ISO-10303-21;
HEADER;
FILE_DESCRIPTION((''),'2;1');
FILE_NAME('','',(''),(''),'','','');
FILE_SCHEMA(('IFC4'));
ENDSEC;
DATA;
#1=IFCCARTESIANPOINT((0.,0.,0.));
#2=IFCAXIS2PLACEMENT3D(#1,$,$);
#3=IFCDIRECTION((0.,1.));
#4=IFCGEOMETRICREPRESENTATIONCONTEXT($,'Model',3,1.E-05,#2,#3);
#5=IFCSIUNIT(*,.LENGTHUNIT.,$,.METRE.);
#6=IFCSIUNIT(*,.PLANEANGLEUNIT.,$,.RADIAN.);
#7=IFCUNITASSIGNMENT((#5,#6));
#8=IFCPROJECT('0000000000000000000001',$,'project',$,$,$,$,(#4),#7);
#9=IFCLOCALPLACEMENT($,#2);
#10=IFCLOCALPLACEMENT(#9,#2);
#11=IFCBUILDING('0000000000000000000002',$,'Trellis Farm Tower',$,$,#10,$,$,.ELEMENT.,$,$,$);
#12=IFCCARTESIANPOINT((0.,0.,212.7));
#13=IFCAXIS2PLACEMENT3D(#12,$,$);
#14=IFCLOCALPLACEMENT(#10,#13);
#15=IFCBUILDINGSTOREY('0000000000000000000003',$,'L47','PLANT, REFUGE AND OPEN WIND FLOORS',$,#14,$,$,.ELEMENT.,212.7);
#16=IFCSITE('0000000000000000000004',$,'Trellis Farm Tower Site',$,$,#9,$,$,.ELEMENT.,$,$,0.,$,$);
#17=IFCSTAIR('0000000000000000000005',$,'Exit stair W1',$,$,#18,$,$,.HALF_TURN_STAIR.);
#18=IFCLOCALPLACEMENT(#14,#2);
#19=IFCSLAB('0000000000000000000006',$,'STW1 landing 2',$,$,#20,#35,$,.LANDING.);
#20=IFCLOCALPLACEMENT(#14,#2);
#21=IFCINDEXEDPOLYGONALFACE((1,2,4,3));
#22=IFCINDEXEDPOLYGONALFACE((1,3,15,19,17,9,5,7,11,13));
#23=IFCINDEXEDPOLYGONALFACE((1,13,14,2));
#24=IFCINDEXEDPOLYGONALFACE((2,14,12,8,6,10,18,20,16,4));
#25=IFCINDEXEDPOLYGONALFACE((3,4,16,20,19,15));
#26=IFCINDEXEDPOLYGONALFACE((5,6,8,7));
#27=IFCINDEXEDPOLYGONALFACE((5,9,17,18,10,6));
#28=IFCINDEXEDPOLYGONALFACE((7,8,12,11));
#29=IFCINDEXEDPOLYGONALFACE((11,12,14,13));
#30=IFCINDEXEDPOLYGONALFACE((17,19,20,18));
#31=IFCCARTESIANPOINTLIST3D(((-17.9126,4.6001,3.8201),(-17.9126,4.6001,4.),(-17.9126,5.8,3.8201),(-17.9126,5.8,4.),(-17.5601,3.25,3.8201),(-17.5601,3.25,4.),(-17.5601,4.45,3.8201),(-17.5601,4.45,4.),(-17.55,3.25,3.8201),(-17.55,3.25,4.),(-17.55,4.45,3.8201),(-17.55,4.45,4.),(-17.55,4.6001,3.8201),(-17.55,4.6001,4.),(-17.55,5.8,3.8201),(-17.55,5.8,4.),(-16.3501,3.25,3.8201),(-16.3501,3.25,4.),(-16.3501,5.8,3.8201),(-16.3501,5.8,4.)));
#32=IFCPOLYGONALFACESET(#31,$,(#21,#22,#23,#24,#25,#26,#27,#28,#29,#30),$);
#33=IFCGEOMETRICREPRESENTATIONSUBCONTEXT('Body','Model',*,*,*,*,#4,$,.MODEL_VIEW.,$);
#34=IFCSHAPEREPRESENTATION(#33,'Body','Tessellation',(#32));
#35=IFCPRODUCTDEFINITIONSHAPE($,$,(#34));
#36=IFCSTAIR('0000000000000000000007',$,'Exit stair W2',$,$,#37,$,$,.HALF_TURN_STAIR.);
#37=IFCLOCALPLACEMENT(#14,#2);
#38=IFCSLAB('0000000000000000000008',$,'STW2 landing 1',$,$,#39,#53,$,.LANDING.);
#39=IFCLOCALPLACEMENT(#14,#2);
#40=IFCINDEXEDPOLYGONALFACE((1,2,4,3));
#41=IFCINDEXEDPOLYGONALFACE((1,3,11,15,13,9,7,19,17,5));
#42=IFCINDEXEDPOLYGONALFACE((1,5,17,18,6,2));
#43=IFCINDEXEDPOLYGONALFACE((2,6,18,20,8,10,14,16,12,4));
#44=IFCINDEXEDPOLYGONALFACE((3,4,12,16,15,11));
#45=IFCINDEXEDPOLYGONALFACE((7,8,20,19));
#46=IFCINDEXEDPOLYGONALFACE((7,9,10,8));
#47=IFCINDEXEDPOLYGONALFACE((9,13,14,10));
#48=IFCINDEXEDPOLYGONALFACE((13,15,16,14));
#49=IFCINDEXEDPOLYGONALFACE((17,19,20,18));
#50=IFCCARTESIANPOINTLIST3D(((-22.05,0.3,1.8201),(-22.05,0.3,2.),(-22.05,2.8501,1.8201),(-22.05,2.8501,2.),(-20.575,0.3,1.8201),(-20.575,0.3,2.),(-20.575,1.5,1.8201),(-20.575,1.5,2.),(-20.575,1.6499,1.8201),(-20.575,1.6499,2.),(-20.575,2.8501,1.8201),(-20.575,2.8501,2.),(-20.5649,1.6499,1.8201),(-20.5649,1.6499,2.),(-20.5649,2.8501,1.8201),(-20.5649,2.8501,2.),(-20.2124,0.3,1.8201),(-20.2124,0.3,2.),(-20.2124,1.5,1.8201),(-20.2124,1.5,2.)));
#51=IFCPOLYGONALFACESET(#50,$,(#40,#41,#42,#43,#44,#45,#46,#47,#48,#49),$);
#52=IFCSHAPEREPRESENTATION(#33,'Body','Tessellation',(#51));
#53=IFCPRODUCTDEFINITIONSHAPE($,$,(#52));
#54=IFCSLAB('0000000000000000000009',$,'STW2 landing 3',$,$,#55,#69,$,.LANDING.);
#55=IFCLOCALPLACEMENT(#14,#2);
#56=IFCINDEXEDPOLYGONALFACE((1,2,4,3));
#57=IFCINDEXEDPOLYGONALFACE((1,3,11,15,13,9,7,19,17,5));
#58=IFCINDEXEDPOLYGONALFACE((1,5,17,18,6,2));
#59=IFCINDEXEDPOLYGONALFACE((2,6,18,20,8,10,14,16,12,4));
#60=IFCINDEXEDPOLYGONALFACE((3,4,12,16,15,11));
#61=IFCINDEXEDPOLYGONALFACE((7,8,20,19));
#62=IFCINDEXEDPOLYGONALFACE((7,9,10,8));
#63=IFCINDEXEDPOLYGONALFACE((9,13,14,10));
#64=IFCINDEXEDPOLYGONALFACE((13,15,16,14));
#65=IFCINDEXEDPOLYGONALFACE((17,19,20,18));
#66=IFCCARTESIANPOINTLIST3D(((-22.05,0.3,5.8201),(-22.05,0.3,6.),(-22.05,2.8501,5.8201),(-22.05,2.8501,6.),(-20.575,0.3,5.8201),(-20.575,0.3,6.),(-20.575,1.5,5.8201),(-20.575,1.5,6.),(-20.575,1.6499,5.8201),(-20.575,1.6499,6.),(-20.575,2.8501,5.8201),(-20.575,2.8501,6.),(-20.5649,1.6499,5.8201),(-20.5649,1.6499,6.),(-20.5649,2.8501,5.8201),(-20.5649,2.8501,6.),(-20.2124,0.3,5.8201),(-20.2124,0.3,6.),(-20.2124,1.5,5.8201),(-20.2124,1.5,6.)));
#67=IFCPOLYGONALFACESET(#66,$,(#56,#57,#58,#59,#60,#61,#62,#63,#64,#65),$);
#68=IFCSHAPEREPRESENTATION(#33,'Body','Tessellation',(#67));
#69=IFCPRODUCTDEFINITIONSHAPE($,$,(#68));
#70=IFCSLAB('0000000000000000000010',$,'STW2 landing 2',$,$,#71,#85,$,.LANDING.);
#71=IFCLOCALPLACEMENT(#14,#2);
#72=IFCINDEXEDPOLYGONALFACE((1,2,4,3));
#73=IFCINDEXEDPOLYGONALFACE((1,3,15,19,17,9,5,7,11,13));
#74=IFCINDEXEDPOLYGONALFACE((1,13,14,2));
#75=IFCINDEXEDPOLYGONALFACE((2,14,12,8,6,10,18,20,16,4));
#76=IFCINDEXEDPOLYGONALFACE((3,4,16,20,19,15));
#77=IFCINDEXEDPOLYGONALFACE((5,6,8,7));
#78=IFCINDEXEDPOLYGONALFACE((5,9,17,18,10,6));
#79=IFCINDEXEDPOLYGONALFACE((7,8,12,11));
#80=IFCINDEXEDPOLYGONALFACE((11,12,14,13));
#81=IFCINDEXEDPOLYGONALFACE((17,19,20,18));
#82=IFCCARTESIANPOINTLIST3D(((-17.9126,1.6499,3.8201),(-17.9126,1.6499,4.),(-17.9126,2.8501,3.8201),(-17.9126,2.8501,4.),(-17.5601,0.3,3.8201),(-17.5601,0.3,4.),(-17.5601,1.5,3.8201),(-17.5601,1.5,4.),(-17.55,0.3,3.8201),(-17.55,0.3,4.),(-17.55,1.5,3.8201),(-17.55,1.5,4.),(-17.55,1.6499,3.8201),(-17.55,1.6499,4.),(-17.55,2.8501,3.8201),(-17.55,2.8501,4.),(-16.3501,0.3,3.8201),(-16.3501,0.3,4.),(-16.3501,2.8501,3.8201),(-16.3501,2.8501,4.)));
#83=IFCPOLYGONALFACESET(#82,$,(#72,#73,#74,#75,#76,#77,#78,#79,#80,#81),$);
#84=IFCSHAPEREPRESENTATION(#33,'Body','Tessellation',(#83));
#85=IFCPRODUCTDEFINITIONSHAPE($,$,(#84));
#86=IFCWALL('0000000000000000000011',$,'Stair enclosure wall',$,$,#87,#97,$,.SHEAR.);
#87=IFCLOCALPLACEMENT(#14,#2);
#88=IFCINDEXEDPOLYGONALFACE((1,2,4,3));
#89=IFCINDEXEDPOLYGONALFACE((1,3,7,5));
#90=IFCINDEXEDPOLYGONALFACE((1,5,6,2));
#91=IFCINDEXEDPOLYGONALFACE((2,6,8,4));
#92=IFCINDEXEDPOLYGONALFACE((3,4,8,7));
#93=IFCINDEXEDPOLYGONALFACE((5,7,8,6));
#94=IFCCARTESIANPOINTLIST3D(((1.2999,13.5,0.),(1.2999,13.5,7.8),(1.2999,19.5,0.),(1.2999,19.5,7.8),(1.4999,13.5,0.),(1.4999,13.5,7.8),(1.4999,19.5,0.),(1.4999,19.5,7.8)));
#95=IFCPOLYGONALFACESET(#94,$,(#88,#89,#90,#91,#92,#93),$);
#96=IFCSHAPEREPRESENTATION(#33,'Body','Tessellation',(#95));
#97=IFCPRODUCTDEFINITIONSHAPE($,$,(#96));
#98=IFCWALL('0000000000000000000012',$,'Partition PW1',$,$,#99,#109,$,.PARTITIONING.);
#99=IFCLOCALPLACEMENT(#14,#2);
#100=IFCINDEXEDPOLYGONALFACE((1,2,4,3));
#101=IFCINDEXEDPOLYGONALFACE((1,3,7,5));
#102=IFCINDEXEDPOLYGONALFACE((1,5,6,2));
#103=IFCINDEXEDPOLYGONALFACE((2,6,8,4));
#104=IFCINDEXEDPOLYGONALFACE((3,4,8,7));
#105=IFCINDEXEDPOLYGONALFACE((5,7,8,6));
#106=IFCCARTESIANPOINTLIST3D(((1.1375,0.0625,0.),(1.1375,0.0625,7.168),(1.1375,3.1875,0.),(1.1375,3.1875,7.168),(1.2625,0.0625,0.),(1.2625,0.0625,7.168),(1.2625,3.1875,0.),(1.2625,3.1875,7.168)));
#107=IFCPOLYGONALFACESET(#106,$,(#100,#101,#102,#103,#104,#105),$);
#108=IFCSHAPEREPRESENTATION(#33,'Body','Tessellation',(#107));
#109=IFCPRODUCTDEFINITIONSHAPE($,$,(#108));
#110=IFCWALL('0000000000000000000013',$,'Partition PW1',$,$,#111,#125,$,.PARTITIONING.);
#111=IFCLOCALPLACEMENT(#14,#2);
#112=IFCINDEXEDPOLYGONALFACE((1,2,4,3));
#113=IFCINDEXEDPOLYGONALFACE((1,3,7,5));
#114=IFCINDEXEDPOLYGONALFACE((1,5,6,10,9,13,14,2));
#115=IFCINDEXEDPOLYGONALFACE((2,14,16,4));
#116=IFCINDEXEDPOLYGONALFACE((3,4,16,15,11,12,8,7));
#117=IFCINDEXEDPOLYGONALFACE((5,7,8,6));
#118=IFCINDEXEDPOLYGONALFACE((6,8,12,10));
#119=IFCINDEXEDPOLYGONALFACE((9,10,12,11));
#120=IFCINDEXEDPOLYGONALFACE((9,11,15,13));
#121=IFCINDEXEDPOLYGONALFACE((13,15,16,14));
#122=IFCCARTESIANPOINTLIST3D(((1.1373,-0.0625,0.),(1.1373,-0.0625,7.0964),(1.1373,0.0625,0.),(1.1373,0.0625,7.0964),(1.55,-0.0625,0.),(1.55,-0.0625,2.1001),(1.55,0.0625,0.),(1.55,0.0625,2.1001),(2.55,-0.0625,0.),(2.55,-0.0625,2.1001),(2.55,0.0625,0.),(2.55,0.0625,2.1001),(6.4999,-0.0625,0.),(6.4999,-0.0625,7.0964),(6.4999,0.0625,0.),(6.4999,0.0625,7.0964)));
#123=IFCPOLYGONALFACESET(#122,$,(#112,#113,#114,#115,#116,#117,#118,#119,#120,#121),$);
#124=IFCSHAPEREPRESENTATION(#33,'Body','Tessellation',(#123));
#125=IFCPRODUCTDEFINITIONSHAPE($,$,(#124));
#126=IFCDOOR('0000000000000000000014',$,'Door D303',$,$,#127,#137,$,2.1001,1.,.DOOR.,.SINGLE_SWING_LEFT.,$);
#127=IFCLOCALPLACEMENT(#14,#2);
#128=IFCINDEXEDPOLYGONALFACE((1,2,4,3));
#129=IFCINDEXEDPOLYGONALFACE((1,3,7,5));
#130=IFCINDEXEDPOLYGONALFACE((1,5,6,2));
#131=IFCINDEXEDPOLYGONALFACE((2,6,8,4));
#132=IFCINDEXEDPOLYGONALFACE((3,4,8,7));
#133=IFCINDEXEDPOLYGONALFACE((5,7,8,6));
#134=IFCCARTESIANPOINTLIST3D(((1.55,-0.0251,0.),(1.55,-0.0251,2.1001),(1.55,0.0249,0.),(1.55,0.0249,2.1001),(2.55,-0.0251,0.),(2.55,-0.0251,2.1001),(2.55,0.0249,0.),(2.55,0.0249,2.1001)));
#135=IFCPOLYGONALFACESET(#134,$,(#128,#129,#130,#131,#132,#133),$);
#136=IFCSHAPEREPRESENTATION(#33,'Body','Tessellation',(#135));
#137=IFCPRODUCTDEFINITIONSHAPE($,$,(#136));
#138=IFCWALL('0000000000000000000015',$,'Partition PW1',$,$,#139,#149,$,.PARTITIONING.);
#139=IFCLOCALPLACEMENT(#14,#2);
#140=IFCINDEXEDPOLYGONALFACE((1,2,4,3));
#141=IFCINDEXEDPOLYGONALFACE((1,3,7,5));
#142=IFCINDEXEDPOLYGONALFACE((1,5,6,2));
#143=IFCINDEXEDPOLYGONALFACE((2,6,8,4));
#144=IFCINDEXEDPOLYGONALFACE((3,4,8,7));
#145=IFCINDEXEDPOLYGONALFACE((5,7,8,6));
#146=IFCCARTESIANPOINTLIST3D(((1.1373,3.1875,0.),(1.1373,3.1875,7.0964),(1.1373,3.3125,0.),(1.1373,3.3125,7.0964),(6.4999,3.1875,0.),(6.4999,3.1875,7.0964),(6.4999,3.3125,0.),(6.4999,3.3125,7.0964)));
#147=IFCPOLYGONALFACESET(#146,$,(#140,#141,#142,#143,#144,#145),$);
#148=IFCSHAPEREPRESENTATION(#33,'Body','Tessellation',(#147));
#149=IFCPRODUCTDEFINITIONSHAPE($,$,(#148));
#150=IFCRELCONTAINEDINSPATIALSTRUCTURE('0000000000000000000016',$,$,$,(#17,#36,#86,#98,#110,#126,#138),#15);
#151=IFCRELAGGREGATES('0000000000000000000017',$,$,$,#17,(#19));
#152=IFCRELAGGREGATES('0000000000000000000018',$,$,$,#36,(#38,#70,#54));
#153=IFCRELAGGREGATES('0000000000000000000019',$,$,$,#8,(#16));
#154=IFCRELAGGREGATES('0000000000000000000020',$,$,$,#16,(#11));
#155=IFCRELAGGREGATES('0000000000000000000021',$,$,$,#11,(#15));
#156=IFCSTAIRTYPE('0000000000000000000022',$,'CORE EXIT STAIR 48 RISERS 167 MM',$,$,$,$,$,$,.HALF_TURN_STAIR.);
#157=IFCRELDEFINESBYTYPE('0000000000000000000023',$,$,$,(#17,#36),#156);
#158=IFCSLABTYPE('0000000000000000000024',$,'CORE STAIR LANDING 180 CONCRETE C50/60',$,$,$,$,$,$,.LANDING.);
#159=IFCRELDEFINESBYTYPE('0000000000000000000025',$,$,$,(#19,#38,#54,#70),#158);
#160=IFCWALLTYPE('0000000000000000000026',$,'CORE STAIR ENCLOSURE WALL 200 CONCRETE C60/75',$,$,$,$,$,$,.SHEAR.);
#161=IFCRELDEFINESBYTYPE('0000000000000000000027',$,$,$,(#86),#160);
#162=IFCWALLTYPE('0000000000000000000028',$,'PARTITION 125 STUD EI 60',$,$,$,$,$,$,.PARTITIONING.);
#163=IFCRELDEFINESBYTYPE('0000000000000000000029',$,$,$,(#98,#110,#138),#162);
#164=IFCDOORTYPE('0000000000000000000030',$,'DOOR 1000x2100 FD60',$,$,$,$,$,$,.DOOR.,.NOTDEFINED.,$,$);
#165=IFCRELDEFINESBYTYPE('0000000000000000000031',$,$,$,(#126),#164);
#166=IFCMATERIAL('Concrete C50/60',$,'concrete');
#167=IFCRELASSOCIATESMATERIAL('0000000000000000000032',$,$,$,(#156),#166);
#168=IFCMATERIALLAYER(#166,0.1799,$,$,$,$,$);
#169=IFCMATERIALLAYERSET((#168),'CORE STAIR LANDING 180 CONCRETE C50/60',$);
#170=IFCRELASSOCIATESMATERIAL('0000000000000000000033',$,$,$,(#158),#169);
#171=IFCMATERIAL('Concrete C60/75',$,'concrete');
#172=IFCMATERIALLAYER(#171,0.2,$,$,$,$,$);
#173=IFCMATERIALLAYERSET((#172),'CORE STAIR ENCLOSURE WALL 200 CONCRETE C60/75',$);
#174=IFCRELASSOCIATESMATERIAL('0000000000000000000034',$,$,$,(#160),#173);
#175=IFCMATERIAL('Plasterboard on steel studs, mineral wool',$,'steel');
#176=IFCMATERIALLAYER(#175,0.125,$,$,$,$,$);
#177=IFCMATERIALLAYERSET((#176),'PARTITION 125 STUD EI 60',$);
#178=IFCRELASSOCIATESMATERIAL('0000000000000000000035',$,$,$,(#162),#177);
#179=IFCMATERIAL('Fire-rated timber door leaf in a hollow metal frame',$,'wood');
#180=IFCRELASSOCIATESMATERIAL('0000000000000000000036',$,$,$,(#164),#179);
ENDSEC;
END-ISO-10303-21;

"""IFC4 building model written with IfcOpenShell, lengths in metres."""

from ifc_helpers import new_model, si_unit, direction, frame, frame_2d, origin, place, context, subcontext, project, spatial, polyline, rectangle, outline, extrude, source, transform, mapped, material, layer, layer_set, type_object, element, fill, aggregate, save


model = new_model("IFC4")

# Units and contexts
model_context = context("Model", 3, precision=1e-05, world=origin(), true_north=direction((0.0, 1.0)))
body_context = subcontext(model_context, "Body", "Model", "MODEL_VIEW")
ifc_project = project(units=[si_unit("LENGTHUNIT", "METRE"), si_unit("PLANEANGLEUNIT", "RADIAN")], contexts=[model_context])

# Site, building, storey
site_placement = place(None, origin())
site = spatial("IfcSite", under=ifc_project, at=site_placement, Name="Trellis Farm Tower Site", CompositionType="ELEMENT", RefElevation=0.0)
building_placement = place(site_placement, origin())
building = spatial("IfcBuilding", under=site, at=building_placement, Name="Trellis Farm Tower", CompositionType="ELEMENT")
storey_placement = place(building_placement, frame((0.0, 0.0, 212.7)))
storey = spatial("IfcBuildingStorey", under=building, at=storey_placement, Name="L47", Description="PLANT, REFUGE AND OPEN WIND FLOORS", CompositionType="ELEMENT", Elevation=212.7)

# Shared definitions
ifc_material_1 = material(Name="Concrete C60/75", Category="concrete")

# Stairs, slabs
ifc_material_2 = material(Name="Concrete C50/60", Category="concrete")
stair_type = type_object("IfcStairType", Name="CORE EXIT STAIR 48 RISERS 167 MM", PredefinedType="HALF_TURN_STAIR", material=ifc_material_2)
placement_1 = place(storey_placement, origin())
ifc_layer_1 = layer(ifc_material_2, 0.1799)
ifc_layer_set_1 = layer_set([ifc_layer_1], Name="CORE STAIR LANDING 180 CONCRETE C50/60")
slab_type = type_object("IfcSlabType", Name="CORE STAIR LANDING 180 CONCRETE C50/60", PredefinedType="LANDING", material=ifc_layer_set_1)
placement_2 = place(storey_placement, frame((0.0, 0.0, 5.8201)))
placement_3 = place(storey_placement, frame((0.0, 0.0, 3.8201)))
placement_4 = place(storey_placement, frame((0.0, 0.0, 1.8201)))
stair_1 = element("IfcStair", 1, at=placement_1, inside=storey, type_object=stair_type, Name="Exit stair W1", PredefinedType="HALF_TURN_STAIR")
shared_shape_1 = source(origin(), body_context, "Body", "SweptSolid", [
    extrude(outline(polyline([(-17.5601, 3.25), (-17.5601, 4.45), (-17.55, 4.45), (-17.55, 4.6001), (-17.9126, 4.6001), (-17.9126, 5.8), (-17.55, 5.8), (-16.3501, 5.8), (-16.3501, 3.25), (-17.55, 3.25), (-17.5601, 3.25)])), origin(), (0.0, 0.0, 1.0), 0.1799),
])
slab_1 = element("IfcSlab", 2, at=placement_3, type_object=slab_type, Name="STW1 landing 2", PredefinedType="LANDING", context=body_context, shape_type="MappedRepresentation", body=[
    mapped(shared_shape_1, transform((0.0, 0.0, 0.0))),
])
aggregate(stair_1, [slab_1])
stair_2 = element("IfcStair", 3, at=placement_1, inside=storey, type_object=stair_type, Name="Exit stair W2", PredefinedType="HALF_TURN_STAIR")
shared_shape_2 = source(origin(), body_context, "Body", "SweptSolid", [
    extrude(outline(polyline([(-20.2124, 1.5), (-20.2124, 0.3), (-20.575, 0.3), (-22.05, 0.3), (-22.05, 2.8501), (-20.575, 2.8501), (-20.5649, 2.8501), (-20.5649, 1.6499), (-20.575, 1.6499), (-20.575, 1.5), (-20.2124, 1.5)])), origin(), (0.0, 0.0, 1.0), 0.1799),
])
slab_2 = element("IfcSlab", 4, at=placement_4, type_object=slab_type, Name="STW2 landing 1", PredefinedType="LANDING", context=body_context, shape_type="MappedRepresentation", body=[
    mapped(shared_shape_2, transform((0.0, 0.0, 0.0))),
])
slab_3 = element("IfcSlab", 5, at=placement_2, type_object=slab_type, Name="STW2 landing 3", PredefinedType="LANDING", context=body_context, shape_type="MappedRepresentation", body=[
    mapped(shared_shape_2, transform((0.0, 0.0, 0.0))),
])
shared_shape_3 = source(origin(), body_context, "Body", "SweptSolid", [
    extrude(outline(polyline([(-17.5601, 0.3), (-17.5601, 1.5), (-17.55, 1.5), (-17.55, 1.6499), (-17.9126, 1.6499), (-17.9126, 2.8501), (-17.55, 2.8501), (-16.3501, 2.8501), (-16.3501, 0.3), (-17.55, 0.3), (-17.5601, 0.3)])), origin(), (0.0, 0.0, 1.0), 0.1799),
])
slab_4 = element("IfcSlab", 6, at=placement_3, type_object=slab_type, Name="STW2 landing 2", PredefinedType="LANDING", context=body_context, shape_type="MappedRepresentation", body=[
    mapped(shared_shape_3, transform((0.0, 0.0, 0.0))),
])
aggregate(stair_2, [slab_2, slab_4, slab_3])

# Walls
ifc_layer_2 = layer(ifc_material_1, 0.2)
ifc_layer_set_2 = layer_set([ifc_layer_2], Name="CORE STAIR ENCLOSURE WALL 200 CONCRETE C60/75")
wall_type_1 = type_object("IfcWallType", Name="CORE STAIR ENCLOSURE WALL 200 CONCRETE C60/75", PredefinedType="SHEAR", material=ifc_layer_set_2)
shared_shape_4 = source(origin(), body_context, "Body", "SweptSolid", [
    extrude(rectangle(XDim=6.0, YDim=0.2, at=frame_2d((3.0, 0.0))), origin(), (0.0, 0.0, 1.0), 7.8),
])
wall_1_placement = place(storey_placement, frame((1.3999, 13.5, 0.0), z_axis=(0.0, 0.0, 1.0), x_axis=(0.0, 1.0, 0.0)))
element("IfcWall", 7, at=wall_1_placement, inside=storey, type_object=wall_type_1, Name="Stair enclosure wall", PredefinedType="SHEAR", context=body_context, shape_type="MappedRepresentation", body=[
    mapped(shared_shape_4, transform((0.0, 0.0, 0.0))),
])
ifc_material_3 = material(Name="Plasterboard on steel studs, mineral wool", Category="steel")
ifc_layer_3 = layer(ifc_material_3, 0.125)
ifc_layer_set_3 = layer_set([ifc_layer_3], Name="PARTITION 125 STUD EI 60")
wall_type_2 = type_object("IfcWallType", Name="PARTITION 125 STUD EI 60", PredefinedType="PARTITIONING", material=ifc_layer_set_3)
shared_shape_5 = source(origin(), body_context, "Body", "SweptSolid", [
    extrude(rectangle(XDim=3.125, YDim=0.125, at=frame_2d((1.5625, 0.0))), origin(), (0.0, 0.0, 1.0), 7.168),
])
wall_2_placement = place(storey_placement, frame((1.2, 0.0625, 0.0), z_axis=(0.0, 0.0, 1.0), x_axis=(0.0, 1.0, 0.0)))
element("IfcWall", 8, at=wall_2_placement, inside=storey, type_object=wall_type_2, Name="Partition PW1", PredefinedType="PARTITIONING", context=body_context, shape_type="MappedRepresentation", body=[
    mapped(shared_shape_5, transform((0.0, 0.0, 0.0))),
])

# Wall, opening, door
shared_shape_6 = source(origin(), body_context, "Body", "SweptSolid", [
    extrude(rectangle(XDim=5.3625, YDim=0.125, at=frame_2d((2.6812, 0.0))), origin(), (0.0, 0.0, 1.0), 7.0964),
])
wall_3_placement = place(storey_placement, frame((1.1375, 0.0, 0.0), z_axis=(0.0, 0.0, 1.0), x_axis=(1.0, 0.0, 0.0)))
wall_3 = element("IfcWall", 9, at=wall_3_placement, inside=storey, type_object=wall_type_2, Name="Partition PW1", PredefinedType="PARTITIONING", context=body_context, shape_type="MappedRepresentation", body=[
    mapped(shared_shape_6, transform((0.0, 0.0, 0.0))),
])
shared_shape_7 = source(origin(), body_context, "Body", "SweptSolid", [
    extrude(rectangle(XDim=1.0, YDim=2.1001, at=frame_2d((0.5, 1.05))), frame((0.0, 0.0725, 0.0), z_axis=(0.0, -1.0, 0.0), x_axis=(1.0, 0.0, 0.0)), (0.0, 0.0, 1.0), 0.145),
])
opening_placement = place(wall_3_placement, frame((0.4126, 0.0, 0.0)))
opening = element("IfcOpeningElement", 10, at=opening_placement, cuts=wall_3, PredefinedType="OPENING", context=body_context, shape_type="MappedRepresentation", body=[
    mapped(shared_shape_7, transform((0.0, 0.0, 0.0))),
])
ifc_material_4 = material(Name="Fire-rated timber door leaf in a hollow metal frame", Category="wood")
door_type = type_object("IfcDoorType", Name="DOOR 1000x2100 FD60", OperationType="NOTDEFINED", PredefinedType="DOOR", material=ifc_material_4)
shared_shape_8 = source(origin(), body_context, "Body", "SweptSolid", [
    extrude(rectangle(XDim=1.0, YDim=2.1001, at=frame_2d((0.5, 1.05))), frame((0.0, 0.0249, 0.0), z_axis=(0.0, -1.0, 0.0), x_axis=(1.0, 0.0, 0.0)), (0.0, 0.0, 1.0), 0.05),
])
door_placement = place(opening_placement, origin())
door = element("IfcDoor", 11, at=door_placement, inside=storey, type_object=door_type, Name="Door D303", OperationType="SINGLE_SWING_LEFT", OverallHeight=2.1001, OverallWidth=1.0, PredefinedType="DOOR", context=body_context, shape_type="MappedRepresentation", body=[
    mapped(shared_shape_8, transform((0.0, 0.0, 0.0))),
])
fill(opening, door)

# Wall
wall_4_placement = place(storey_placement, frame((1.1375, 3.25, 0.0), z_axis=(0.0, 0.0, 1.0), x_axis=(1.0, 0.0, 0.0)))
element("IfcWall", 12, at=wall_4_placement, inside=storey, type_object=wall_type_2, Name="Partition PW1", PredefinedType="PARTITIONING", context=body_context, shape_type="MappedRepresentation", body=[
    mapped(shared_shape_6, transform((0.0, 0.0, 0.0))),
])

save(model, "model.ifc")
